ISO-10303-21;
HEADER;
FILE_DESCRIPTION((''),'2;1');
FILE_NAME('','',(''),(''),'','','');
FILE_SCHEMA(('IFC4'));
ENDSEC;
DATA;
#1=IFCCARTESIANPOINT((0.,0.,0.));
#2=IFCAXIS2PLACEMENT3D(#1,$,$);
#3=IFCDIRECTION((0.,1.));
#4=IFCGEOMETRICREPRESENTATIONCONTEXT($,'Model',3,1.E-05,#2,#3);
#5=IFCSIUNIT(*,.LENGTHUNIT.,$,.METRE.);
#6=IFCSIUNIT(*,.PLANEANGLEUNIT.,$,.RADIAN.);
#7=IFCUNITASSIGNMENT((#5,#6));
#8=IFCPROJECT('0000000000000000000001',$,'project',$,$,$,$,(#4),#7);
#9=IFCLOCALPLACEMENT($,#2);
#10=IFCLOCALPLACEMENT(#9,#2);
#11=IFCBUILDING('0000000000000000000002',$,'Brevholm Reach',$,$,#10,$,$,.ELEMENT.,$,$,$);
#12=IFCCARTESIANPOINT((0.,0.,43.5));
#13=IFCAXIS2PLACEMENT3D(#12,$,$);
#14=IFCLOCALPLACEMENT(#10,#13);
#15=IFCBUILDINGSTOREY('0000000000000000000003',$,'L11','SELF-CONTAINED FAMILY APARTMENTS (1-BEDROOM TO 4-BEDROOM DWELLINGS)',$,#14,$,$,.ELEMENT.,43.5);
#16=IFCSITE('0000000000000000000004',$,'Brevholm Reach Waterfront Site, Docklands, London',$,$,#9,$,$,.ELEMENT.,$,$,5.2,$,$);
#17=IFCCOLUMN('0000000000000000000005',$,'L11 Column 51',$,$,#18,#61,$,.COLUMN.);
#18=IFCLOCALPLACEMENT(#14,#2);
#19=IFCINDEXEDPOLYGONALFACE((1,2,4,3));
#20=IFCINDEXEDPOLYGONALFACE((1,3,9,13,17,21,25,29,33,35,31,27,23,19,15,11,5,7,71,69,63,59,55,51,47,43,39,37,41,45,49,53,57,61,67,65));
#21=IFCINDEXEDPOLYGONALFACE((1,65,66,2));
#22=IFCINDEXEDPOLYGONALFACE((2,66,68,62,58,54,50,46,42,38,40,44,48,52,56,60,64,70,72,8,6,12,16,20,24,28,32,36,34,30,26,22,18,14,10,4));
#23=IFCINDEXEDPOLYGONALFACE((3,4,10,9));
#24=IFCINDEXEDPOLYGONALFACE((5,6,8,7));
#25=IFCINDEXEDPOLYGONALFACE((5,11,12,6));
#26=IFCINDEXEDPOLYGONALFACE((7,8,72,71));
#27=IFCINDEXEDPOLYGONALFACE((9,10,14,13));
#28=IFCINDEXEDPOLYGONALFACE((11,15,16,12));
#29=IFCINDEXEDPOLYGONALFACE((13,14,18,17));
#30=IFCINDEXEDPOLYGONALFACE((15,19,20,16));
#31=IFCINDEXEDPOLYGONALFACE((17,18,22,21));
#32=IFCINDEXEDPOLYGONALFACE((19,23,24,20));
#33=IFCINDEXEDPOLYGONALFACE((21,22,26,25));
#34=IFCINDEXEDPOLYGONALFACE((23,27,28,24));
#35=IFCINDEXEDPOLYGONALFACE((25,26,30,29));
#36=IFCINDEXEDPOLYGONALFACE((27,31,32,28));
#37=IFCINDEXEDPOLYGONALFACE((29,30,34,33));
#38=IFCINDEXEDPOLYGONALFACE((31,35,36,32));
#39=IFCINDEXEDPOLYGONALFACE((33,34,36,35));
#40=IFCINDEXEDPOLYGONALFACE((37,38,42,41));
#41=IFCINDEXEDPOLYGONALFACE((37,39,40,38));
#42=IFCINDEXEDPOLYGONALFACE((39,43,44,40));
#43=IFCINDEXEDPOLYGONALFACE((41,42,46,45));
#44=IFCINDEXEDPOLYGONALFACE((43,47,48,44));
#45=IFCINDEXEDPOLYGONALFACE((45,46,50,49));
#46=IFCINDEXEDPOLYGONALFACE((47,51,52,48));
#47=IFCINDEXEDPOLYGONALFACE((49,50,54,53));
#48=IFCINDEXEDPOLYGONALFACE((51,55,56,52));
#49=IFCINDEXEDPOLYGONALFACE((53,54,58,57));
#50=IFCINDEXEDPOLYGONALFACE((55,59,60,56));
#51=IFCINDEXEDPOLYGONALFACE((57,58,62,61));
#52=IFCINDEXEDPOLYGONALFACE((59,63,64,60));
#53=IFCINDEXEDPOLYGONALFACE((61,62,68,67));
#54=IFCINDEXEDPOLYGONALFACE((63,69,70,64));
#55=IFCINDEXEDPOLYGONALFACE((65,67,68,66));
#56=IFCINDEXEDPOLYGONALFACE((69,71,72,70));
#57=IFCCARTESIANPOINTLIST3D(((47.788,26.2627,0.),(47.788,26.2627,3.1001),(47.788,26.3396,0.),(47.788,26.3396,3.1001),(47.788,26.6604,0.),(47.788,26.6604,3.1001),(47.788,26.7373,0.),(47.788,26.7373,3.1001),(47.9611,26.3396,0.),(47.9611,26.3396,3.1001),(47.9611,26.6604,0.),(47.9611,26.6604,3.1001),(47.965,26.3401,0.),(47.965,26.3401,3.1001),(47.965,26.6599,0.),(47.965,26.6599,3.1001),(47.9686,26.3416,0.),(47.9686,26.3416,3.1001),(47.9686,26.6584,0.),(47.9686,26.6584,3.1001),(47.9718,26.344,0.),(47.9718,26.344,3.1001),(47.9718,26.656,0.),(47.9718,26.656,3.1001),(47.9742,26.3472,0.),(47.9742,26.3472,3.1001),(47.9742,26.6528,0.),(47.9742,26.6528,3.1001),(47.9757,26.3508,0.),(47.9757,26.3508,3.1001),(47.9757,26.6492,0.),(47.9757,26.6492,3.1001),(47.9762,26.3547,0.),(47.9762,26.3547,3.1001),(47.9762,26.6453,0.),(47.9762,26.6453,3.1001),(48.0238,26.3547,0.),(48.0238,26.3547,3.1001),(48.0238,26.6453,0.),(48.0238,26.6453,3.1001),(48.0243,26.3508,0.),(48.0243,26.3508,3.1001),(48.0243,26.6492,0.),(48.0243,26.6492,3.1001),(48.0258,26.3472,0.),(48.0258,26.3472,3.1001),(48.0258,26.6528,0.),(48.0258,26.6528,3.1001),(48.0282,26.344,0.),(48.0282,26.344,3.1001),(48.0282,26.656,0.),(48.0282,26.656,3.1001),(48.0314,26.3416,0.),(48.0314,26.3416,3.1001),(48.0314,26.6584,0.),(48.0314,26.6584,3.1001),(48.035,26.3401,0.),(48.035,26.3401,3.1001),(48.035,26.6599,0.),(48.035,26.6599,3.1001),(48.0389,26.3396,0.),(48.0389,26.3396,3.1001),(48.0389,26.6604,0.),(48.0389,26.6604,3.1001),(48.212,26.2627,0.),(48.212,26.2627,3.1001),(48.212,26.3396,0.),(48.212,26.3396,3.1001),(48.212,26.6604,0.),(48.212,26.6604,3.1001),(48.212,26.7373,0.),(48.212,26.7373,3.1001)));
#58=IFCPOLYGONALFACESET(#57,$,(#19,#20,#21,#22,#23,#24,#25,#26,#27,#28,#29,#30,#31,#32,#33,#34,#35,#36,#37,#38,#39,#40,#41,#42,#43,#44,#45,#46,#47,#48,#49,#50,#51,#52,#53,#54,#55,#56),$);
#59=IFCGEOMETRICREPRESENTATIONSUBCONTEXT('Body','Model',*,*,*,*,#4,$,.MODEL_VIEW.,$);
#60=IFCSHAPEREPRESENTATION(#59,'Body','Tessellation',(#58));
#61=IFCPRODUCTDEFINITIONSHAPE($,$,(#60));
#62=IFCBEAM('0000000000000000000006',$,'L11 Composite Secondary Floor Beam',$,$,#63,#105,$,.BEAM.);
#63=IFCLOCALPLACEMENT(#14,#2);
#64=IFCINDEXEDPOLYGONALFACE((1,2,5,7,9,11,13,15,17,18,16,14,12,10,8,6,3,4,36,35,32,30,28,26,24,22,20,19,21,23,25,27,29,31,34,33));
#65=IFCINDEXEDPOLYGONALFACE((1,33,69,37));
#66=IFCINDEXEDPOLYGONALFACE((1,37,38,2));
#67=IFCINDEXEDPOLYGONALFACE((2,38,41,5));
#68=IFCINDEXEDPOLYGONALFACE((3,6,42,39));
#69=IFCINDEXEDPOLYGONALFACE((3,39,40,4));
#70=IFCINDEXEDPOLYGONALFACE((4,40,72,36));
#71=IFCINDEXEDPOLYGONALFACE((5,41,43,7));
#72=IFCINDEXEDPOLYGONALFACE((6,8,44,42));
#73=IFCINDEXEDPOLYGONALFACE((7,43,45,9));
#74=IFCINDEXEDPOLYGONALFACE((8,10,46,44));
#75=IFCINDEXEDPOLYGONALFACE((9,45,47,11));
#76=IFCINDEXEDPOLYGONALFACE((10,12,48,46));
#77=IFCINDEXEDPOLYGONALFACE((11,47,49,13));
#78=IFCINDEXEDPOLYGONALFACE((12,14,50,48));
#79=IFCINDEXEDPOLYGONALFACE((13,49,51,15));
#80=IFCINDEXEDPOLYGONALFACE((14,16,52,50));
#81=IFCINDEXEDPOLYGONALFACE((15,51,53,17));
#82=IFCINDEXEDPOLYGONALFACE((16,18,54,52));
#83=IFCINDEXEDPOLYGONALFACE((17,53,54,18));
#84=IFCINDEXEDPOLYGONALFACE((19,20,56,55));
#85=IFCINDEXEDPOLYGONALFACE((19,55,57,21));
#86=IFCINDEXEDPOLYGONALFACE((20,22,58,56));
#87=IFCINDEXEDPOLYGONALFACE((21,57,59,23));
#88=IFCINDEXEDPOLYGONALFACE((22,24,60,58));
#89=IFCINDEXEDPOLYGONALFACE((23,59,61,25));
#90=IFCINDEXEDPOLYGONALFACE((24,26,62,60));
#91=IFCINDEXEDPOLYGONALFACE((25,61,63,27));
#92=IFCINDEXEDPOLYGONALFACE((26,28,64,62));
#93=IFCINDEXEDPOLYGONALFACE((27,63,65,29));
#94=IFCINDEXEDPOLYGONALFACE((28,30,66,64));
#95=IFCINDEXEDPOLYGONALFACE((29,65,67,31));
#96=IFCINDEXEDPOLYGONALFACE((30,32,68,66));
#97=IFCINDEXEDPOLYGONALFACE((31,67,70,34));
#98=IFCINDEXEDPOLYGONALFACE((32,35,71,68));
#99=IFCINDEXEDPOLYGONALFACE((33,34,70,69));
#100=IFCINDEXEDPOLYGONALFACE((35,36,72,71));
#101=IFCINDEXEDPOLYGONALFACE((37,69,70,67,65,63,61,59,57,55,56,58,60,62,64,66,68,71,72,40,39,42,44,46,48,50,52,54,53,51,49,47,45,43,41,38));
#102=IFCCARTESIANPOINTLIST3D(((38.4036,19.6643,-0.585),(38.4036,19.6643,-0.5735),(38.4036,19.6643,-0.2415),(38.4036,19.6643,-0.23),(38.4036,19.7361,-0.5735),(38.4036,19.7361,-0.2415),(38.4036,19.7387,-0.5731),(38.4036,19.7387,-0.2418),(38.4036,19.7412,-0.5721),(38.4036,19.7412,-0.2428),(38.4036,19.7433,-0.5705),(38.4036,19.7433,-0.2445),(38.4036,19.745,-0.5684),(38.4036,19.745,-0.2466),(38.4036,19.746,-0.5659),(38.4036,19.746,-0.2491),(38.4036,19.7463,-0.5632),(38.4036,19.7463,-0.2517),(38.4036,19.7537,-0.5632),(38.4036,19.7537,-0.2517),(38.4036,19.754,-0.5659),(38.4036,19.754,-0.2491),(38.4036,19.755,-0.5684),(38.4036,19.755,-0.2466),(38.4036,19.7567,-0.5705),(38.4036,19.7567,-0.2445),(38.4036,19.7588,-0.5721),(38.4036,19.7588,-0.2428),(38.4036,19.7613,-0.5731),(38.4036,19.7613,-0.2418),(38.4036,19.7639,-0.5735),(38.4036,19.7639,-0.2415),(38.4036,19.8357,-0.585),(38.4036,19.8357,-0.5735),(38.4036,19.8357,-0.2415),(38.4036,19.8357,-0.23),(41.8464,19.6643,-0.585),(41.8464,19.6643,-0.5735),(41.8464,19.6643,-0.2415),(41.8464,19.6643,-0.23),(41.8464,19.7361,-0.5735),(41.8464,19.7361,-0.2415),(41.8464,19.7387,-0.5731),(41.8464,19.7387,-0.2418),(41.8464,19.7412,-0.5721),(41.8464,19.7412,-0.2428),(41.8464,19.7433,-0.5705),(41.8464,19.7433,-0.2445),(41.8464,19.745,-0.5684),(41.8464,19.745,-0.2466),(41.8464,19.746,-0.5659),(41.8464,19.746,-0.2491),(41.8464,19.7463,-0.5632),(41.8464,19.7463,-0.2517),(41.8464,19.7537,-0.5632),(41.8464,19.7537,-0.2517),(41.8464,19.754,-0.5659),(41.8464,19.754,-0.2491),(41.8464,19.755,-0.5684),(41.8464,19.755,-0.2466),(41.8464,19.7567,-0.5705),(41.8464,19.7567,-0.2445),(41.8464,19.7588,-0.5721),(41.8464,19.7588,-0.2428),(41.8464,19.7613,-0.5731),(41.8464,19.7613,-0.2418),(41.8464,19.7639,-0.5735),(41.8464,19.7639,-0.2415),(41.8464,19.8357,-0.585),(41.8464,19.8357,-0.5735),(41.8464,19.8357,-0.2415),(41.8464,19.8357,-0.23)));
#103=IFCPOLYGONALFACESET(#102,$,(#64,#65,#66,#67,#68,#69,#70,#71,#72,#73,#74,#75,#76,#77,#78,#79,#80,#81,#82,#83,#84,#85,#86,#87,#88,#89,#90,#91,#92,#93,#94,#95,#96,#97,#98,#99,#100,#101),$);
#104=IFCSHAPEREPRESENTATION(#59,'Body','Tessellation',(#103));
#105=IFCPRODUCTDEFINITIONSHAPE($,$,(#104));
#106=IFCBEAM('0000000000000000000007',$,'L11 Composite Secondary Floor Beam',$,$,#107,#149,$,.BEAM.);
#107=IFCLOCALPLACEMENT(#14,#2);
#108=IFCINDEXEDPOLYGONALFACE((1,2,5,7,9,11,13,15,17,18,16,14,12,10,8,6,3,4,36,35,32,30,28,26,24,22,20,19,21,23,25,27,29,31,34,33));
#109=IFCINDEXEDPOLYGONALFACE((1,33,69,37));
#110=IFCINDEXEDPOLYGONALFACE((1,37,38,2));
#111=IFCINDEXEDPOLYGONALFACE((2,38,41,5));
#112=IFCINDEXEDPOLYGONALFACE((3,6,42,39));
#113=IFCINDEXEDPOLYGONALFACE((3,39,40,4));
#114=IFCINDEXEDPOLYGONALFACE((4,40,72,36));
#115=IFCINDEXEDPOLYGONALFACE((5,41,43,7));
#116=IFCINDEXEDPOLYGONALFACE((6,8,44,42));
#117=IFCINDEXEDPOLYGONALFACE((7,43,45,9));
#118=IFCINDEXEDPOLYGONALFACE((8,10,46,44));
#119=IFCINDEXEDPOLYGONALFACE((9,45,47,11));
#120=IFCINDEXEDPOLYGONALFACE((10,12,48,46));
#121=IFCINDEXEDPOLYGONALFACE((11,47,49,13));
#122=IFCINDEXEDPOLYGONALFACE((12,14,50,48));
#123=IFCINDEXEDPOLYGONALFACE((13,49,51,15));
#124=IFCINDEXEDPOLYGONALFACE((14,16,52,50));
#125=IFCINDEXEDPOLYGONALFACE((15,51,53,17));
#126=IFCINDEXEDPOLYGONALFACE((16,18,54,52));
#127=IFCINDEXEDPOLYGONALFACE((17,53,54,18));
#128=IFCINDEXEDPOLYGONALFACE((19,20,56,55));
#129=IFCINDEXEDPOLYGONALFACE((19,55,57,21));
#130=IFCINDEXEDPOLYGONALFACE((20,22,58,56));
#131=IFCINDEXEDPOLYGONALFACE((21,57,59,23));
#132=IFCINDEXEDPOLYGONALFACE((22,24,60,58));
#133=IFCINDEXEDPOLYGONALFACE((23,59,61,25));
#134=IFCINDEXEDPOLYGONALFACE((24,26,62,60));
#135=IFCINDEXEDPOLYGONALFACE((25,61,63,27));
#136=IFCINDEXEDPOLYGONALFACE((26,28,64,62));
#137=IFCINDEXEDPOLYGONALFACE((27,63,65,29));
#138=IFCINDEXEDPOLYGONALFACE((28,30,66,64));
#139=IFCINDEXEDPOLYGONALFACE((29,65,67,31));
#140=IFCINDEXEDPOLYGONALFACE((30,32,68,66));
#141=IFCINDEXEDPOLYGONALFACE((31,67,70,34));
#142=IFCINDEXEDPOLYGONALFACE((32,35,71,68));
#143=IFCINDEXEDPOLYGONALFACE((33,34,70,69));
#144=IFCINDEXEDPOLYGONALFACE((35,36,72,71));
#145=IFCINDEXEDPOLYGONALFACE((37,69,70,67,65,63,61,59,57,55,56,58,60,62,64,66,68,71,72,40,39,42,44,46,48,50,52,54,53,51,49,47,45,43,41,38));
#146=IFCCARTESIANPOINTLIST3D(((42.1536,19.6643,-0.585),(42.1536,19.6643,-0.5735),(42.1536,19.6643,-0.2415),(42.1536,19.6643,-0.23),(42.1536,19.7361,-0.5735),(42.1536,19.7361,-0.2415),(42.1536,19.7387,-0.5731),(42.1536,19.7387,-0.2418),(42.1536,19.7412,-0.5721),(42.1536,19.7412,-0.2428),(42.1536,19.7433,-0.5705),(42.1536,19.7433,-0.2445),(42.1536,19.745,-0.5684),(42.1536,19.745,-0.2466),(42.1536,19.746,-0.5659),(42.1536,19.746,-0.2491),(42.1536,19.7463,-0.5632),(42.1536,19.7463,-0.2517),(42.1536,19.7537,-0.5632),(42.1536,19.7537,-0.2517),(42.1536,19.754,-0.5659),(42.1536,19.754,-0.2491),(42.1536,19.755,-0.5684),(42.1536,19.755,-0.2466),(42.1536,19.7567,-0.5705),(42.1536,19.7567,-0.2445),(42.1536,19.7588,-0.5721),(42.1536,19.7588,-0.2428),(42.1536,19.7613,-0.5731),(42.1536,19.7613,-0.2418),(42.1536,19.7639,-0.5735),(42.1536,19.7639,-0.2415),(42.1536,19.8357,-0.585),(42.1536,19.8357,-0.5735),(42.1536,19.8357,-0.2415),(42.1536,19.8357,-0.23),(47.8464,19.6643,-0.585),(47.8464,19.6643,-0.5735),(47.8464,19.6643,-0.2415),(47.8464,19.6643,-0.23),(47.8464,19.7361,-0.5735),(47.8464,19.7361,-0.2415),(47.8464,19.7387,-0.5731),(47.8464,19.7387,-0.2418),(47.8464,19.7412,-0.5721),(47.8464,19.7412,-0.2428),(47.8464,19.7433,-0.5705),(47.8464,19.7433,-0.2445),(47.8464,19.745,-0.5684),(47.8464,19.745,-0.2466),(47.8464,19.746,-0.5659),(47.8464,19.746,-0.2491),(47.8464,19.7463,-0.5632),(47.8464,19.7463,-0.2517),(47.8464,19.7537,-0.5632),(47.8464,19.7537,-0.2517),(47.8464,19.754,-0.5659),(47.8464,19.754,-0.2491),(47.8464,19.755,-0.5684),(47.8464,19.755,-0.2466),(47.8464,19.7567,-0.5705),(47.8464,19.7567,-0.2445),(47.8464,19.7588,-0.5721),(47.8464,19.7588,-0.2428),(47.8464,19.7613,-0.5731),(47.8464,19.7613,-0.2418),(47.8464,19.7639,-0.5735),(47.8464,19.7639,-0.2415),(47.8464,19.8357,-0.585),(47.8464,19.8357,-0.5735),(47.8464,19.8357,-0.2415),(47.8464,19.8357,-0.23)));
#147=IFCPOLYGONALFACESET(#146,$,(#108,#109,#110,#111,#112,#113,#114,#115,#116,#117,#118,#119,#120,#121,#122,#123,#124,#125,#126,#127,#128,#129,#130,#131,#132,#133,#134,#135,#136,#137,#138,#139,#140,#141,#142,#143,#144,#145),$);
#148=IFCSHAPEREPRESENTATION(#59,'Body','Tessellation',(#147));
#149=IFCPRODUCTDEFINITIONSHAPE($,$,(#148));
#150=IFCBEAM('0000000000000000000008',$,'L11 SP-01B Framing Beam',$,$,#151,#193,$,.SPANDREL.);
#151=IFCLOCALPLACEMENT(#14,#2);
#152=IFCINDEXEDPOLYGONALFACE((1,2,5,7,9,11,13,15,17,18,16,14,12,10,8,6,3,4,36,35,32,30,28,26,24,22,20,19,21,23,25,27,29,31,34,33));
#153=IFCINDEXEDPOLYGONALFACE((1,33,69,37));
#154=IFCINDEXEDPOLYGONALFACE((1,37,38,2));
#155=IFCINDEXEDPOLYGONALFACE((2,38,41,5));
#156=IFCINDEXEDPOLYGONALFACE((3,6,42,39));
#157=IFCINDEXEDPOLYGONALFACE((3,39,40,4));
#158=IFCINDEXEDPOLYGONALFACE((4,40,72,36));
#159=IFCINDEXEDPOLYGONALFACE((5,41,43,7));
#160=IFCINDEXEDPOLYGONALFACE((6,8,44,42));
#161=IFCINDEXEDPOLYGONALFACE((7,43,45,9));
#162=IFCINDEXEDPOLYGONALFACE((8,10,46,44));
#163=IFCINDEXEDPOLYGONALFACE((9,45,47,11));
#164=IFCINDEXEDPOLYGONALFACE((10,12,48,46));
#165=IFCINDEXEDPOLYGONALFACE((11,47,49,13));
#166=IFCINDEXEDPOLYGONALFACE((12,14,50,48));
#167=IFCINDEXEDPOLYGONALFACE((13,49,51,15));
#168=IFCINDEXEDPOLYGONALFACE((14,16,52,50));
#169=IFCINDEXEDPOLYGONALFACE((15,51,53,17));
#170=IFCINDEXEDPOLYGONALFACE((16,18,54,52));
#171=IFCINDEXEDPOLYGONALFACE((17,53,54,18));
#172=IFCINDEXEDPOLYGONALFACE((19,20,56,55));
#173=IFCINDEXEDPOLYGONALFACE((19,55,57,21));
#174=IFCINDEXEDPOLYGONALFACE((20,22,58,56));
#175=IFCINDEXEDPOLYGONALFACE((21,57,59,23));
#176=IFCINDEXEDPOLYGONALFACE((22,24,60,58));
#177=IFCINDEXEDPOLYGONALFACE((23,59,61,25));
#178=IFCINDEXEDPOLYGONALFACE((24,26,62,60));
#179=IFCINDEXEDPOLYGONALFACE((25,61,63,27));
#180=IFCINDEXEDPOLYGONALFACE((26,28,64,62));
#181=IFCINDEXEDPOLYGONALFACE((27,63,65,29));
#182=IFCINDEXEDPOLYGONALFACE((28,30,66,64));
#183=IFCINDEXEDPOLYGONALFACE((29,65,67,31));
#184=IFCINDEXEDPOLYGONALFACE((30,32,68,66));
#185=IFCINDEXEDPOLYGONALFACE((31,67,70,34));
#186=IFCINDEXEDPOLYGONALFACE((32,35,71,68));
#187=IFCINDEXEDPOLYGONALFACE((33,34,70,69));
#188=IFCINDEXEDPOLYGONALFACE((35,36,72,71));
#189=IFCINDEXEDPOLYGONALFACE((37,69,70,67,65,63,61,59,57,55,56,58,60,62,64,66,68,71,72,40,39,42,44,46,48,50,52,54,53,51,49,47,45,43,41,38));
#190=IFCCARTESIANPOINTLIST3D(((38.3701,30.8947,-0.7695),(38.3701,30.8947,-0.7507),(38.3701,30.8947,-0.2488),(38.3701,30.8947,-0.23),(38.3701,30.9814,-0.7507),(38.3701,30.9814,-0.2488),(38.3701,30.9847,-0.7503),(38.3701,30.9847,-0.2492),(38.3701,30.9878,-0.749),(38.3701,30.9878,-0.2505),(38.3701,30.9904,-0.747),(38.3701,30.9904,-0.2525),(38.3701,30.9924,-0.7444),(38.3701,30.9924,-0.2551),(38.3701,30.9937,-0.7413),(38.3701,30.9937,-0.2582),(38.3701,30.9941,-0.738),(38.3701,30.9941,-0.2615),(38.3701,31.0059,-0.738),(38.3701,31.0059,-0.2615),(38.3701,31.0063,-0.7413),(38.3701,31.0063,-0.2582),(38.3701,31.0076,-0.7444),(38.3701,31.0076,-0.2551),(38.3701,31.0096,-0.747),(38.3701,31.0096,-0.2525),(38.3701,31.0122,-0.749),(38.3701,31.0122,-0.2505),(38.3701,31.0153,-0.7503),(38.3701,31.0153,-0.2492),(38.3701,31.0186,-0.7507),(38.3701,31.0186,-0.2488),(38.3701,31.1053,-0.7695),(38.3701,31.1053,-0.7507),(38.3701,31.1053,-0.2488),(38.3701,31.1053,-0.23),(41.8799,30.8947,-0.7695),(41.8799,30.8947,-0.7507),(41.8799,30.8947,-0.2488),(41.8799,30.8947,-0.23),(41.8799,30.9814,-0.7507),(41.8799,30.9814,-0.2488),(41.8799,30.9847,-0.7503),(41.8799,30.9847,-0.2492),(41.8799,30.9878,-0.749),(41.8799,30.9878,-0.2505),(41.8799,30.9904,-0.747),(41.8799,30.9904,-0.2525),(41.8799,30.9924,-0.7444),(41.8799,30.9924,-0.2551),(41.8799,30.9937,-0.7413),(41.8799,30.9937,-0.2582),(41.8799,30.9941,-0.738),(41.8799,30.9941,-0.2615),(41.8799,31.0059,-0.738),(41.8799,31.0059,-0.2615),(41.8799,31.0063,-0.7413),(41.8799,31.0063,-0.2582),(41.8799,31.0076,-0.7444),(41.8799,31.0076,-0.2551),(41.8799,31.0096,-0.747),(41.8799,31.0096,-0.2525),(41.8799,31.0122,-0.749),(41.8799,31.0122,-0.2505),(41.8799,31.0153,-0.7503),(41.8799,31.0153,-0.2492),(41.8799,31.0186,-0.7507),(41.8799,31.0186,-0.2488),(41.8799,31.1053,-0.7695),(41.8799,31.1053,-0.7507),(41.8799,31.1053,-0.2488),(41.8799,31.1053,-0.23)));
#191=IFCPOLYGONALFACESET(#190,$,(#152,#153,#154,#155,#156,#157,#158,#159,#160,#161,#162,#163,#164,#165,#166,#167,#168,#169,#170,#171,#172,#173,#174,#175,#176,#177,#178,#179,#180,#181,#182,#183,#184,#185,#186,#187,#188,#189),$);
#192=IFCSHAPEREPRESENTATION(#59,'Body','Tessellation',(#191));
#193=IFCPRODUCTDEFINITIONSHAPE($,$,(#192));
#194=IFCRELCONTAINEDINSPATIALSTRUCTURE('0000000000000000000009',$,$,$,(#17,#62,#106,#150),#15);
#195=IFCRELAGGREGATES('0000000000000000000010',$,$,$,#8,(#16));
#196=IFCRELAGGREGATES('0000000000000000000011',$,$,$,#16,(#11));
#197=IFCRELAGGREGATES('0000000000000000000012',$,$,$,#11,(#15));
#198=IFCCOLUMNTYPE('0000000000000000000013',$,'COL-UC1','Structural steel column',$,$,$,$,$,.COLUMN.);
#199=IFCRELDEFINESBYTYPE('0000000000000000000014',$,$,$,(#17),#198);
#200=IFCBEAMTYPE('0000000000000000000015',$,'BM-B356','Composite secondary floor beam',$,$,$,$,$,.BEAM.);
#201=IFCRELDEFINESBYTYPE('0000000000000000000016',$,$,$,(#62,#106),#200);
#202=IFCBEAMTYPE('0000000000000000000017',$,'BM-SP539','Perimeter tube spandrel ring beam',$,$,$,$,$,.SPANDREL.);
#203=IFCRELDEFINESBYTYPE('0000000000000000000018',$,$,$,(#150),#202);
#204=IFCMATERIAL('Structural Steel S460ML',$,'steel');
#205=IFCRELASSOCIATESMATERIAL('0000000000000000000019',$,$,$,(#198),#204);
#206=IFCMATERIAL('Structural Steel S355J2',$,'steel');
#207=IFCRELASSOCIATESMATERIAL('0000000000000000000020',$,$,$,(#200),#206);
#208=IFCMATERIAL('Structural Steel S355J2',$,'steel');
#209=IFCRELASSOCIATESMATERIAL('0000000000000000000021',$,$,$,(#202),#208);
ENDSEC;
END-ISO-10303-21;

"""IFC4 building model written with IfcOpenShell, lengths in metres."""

from ifc_helpers import new_model, si_unit, direction, frame, origin, origin_2d, place, context, subcontext, project, spatial, i_section, extrude, material, material_profile, profile_set, type_object, element, save


model = new_model("IFC4")

# Units and contexts
model_context = context("Model", 3, precision=1e-05, world=origin(), true_north=direction((0.0, 1.0)))
body_context = subcontext(model_context, "Body", "Model", "MODEL_VIEW")
ifc_project = project(units=[si_unit("LENGTHUNIT", "METRE"), si_unit("PLANEANGLEUNIT", "RADIAN")], contexts=[model_context])

# Site, building, storey
site_placement = place(None, origin())
site = spatial("IfcSite", under=ifc_project, at=site_placement, Name="Brevholm Reach Waterfront Site, Docklands, London", CompositionType="ELEMENT", RefElevation=5.2)
building_placement = place(site_placement, origin())
building = spatial("IfcBuilding", under=site, at=building_placement, Name="Brevholm Reach", CompositionType="ELEMENT")
storey_placement = place(building_placement, frame((0.0, 0.0, 43.5)))
storey = spatial("IfcBuildingStorey", under=building, at=storey_placement, Name="L11", Description="SELF-CONTAINED FAMILY APARTMENTS (1-BEDROOM TO 4-BEDROOM DWELLINGS)", CompositionType="ELEMENT", Elevation=43.5)

# Column
ifc_material_1 = material(Name="Structural Steel S460ML", Category="steel")
ifc_material_profile_1 = material_profile(ifc_material_1, i_section(OverallWidth=0.4241, OverallDepth=0.4746, WebThickness=0.0476, FlangeThickness=0.0769, FilletRadius=0.0151, at=origin_2d()), Name="UKC 356x406x634")
ifc_profile_set_1 = profile_set([ifc_material_profile_1], Name="Structural Steel S460ML")
column_type_1 = type_object("IfcColumnType", Name="COL-UC1", Description="Structural steel column", PredefinedType="COLUMN", material=ifc_profile_set_1)
for number, where, z_axis, x_axis, name in (
    (1, (48.0, 26.5, 0.0), (0.0, 0.0, 1.0), (1.0, 0.0, 0.0), "L11 Column 51"),
):
    element("IfcColumn", number, at=place(storey_placement, frame(where, z_axis=z_axis, x_axis=x_axis)), inside=storey, type_object=column_type_1, Name=name, PredefinedType="COLUMN", context=body_context, shape_type="SweptSolid", body=[
        extrude(i_section(OverallWidth=0.4241, OverallDepth=0.4746, WebThickness=0.0476, FlangeThickness=0.0769, FilletRadius=0.0151, at=origin_2d()), origin(), (0.0, 0.0, 1.0), 3.1001),
    ])

# Beams
ifc_material_2 = material(Name="Structural Steel S355J2", Category="steel")
ifc_material_profile_2 = material_profile(ifc_material_2, i_section(OverallWidth=0.1714, OverallDepth=0.355, WebThickness=0.0073, FlangeThickness=0.0115, FilletRadius=0.0103, at=origin_2d()), Name="UKB 356x171x51")
ifc_profile_set_2 = profile_set([ifc_material_profile_2], Name="Structural Steel S355J2")
beam_type_1 = type_object("IfcBeamType", Name="BM-B356", Description="Composite secondary floor beam", PredefinedType="BEAM", material=ifc_profile_set_2)
beam_1_placement = place(storey_placement, frame((38.4036, 19.75, -0.4075), z_axis=(1.0, 0.0, 0.0), x_axis=(0.0, 1.0, 0.0)))
element("IfcBeam", 2, at=beam_1_placement, inside=storey, type_object=beam_type_1, Name="L11 Composite Secondary Floor Beam", PredefinedType="BEAM", context=body_context, shape_type="SweptSolid", body=[
    extrude(i_section(OverallWidth=0.1714, OverallDepth=0.355, WebThickness=0.0073, FlangeThickness=0.0115, FilletRadius=0.0103, at=origin_2d()), origin(), (0.0, 0.0, 1.0), 3.4429),
])
beam_2_placement = place(storey_placement, frame((42.1536, 19.75, -0.4075), z_axis=(1.0, 0.0, 0.0), x_axis=(0.0, 1.0, 0.0)))
element("IfcBeam", 3, at=beam_2_placement, inside=storey, type_object=beam_type_1, Name="L11 Composite Secondary Floor Beam", PredefinedType="BEAM", context=body_context, shape_type="SweptSolid", body=[
    extrude(i_section(OverallWidth=0.1714, OverallDepth=0.355, WebThickness=0.0073, FlangeThickness=0.0115, FilletRadius=0.0103, at=origin_2d()), origin(), (0.0, 0.0, 1.0), 5.6929),
])
ifc_material_3 = material(Name="Structural Steel S355J2", Category="steel")
ifc_material_profile_3 = material_profile(ifc_material_3, i_section(OverallWidth=0.2107, OverallDepth=0.5396, WebThickness=0.0117, FlangeThickness=0.0188, FilletRadius=0.0127, at=origin_2d()), Name="UKB 533x210x109")
ifc_profile_set_3 = profile_set([ifc_material_profile_3], Name="Structural Steel S355J2")
beam_type_2 = type_object("IfcBeamType", Name="BM-SP539", Description="Perimeter tube spandrel ring beam", PredefinedType="SPANDREL", material=ifc_profile_set_3)
beam_3_placement = place(storey_placement, frame((38.3701, 31.0, -0.4998), z_axis=(1.0, 0.0, 0.0), x_axis=(0.0, 1.0, 0.0)))
element("IfcBeam", 4, at=beam_3_placement, inside=storey, type_object=beam_type_2, Name="L11 SP-01B Framing Beam", PredefinedType="SPANDREL", context=body_context, shape_type="SweptSolid", body=[
    extrude(i_section(OverallWidth=0.2107, OverallDepth=0.5396, WebThickness=0.0117, FlangeThickness=0.0188, FilletRadius=0.0127, at=origin_2d()), origin(), (0.0, 0.0, 1.0), 3.5098),
])

save(model, "model.ifc")
